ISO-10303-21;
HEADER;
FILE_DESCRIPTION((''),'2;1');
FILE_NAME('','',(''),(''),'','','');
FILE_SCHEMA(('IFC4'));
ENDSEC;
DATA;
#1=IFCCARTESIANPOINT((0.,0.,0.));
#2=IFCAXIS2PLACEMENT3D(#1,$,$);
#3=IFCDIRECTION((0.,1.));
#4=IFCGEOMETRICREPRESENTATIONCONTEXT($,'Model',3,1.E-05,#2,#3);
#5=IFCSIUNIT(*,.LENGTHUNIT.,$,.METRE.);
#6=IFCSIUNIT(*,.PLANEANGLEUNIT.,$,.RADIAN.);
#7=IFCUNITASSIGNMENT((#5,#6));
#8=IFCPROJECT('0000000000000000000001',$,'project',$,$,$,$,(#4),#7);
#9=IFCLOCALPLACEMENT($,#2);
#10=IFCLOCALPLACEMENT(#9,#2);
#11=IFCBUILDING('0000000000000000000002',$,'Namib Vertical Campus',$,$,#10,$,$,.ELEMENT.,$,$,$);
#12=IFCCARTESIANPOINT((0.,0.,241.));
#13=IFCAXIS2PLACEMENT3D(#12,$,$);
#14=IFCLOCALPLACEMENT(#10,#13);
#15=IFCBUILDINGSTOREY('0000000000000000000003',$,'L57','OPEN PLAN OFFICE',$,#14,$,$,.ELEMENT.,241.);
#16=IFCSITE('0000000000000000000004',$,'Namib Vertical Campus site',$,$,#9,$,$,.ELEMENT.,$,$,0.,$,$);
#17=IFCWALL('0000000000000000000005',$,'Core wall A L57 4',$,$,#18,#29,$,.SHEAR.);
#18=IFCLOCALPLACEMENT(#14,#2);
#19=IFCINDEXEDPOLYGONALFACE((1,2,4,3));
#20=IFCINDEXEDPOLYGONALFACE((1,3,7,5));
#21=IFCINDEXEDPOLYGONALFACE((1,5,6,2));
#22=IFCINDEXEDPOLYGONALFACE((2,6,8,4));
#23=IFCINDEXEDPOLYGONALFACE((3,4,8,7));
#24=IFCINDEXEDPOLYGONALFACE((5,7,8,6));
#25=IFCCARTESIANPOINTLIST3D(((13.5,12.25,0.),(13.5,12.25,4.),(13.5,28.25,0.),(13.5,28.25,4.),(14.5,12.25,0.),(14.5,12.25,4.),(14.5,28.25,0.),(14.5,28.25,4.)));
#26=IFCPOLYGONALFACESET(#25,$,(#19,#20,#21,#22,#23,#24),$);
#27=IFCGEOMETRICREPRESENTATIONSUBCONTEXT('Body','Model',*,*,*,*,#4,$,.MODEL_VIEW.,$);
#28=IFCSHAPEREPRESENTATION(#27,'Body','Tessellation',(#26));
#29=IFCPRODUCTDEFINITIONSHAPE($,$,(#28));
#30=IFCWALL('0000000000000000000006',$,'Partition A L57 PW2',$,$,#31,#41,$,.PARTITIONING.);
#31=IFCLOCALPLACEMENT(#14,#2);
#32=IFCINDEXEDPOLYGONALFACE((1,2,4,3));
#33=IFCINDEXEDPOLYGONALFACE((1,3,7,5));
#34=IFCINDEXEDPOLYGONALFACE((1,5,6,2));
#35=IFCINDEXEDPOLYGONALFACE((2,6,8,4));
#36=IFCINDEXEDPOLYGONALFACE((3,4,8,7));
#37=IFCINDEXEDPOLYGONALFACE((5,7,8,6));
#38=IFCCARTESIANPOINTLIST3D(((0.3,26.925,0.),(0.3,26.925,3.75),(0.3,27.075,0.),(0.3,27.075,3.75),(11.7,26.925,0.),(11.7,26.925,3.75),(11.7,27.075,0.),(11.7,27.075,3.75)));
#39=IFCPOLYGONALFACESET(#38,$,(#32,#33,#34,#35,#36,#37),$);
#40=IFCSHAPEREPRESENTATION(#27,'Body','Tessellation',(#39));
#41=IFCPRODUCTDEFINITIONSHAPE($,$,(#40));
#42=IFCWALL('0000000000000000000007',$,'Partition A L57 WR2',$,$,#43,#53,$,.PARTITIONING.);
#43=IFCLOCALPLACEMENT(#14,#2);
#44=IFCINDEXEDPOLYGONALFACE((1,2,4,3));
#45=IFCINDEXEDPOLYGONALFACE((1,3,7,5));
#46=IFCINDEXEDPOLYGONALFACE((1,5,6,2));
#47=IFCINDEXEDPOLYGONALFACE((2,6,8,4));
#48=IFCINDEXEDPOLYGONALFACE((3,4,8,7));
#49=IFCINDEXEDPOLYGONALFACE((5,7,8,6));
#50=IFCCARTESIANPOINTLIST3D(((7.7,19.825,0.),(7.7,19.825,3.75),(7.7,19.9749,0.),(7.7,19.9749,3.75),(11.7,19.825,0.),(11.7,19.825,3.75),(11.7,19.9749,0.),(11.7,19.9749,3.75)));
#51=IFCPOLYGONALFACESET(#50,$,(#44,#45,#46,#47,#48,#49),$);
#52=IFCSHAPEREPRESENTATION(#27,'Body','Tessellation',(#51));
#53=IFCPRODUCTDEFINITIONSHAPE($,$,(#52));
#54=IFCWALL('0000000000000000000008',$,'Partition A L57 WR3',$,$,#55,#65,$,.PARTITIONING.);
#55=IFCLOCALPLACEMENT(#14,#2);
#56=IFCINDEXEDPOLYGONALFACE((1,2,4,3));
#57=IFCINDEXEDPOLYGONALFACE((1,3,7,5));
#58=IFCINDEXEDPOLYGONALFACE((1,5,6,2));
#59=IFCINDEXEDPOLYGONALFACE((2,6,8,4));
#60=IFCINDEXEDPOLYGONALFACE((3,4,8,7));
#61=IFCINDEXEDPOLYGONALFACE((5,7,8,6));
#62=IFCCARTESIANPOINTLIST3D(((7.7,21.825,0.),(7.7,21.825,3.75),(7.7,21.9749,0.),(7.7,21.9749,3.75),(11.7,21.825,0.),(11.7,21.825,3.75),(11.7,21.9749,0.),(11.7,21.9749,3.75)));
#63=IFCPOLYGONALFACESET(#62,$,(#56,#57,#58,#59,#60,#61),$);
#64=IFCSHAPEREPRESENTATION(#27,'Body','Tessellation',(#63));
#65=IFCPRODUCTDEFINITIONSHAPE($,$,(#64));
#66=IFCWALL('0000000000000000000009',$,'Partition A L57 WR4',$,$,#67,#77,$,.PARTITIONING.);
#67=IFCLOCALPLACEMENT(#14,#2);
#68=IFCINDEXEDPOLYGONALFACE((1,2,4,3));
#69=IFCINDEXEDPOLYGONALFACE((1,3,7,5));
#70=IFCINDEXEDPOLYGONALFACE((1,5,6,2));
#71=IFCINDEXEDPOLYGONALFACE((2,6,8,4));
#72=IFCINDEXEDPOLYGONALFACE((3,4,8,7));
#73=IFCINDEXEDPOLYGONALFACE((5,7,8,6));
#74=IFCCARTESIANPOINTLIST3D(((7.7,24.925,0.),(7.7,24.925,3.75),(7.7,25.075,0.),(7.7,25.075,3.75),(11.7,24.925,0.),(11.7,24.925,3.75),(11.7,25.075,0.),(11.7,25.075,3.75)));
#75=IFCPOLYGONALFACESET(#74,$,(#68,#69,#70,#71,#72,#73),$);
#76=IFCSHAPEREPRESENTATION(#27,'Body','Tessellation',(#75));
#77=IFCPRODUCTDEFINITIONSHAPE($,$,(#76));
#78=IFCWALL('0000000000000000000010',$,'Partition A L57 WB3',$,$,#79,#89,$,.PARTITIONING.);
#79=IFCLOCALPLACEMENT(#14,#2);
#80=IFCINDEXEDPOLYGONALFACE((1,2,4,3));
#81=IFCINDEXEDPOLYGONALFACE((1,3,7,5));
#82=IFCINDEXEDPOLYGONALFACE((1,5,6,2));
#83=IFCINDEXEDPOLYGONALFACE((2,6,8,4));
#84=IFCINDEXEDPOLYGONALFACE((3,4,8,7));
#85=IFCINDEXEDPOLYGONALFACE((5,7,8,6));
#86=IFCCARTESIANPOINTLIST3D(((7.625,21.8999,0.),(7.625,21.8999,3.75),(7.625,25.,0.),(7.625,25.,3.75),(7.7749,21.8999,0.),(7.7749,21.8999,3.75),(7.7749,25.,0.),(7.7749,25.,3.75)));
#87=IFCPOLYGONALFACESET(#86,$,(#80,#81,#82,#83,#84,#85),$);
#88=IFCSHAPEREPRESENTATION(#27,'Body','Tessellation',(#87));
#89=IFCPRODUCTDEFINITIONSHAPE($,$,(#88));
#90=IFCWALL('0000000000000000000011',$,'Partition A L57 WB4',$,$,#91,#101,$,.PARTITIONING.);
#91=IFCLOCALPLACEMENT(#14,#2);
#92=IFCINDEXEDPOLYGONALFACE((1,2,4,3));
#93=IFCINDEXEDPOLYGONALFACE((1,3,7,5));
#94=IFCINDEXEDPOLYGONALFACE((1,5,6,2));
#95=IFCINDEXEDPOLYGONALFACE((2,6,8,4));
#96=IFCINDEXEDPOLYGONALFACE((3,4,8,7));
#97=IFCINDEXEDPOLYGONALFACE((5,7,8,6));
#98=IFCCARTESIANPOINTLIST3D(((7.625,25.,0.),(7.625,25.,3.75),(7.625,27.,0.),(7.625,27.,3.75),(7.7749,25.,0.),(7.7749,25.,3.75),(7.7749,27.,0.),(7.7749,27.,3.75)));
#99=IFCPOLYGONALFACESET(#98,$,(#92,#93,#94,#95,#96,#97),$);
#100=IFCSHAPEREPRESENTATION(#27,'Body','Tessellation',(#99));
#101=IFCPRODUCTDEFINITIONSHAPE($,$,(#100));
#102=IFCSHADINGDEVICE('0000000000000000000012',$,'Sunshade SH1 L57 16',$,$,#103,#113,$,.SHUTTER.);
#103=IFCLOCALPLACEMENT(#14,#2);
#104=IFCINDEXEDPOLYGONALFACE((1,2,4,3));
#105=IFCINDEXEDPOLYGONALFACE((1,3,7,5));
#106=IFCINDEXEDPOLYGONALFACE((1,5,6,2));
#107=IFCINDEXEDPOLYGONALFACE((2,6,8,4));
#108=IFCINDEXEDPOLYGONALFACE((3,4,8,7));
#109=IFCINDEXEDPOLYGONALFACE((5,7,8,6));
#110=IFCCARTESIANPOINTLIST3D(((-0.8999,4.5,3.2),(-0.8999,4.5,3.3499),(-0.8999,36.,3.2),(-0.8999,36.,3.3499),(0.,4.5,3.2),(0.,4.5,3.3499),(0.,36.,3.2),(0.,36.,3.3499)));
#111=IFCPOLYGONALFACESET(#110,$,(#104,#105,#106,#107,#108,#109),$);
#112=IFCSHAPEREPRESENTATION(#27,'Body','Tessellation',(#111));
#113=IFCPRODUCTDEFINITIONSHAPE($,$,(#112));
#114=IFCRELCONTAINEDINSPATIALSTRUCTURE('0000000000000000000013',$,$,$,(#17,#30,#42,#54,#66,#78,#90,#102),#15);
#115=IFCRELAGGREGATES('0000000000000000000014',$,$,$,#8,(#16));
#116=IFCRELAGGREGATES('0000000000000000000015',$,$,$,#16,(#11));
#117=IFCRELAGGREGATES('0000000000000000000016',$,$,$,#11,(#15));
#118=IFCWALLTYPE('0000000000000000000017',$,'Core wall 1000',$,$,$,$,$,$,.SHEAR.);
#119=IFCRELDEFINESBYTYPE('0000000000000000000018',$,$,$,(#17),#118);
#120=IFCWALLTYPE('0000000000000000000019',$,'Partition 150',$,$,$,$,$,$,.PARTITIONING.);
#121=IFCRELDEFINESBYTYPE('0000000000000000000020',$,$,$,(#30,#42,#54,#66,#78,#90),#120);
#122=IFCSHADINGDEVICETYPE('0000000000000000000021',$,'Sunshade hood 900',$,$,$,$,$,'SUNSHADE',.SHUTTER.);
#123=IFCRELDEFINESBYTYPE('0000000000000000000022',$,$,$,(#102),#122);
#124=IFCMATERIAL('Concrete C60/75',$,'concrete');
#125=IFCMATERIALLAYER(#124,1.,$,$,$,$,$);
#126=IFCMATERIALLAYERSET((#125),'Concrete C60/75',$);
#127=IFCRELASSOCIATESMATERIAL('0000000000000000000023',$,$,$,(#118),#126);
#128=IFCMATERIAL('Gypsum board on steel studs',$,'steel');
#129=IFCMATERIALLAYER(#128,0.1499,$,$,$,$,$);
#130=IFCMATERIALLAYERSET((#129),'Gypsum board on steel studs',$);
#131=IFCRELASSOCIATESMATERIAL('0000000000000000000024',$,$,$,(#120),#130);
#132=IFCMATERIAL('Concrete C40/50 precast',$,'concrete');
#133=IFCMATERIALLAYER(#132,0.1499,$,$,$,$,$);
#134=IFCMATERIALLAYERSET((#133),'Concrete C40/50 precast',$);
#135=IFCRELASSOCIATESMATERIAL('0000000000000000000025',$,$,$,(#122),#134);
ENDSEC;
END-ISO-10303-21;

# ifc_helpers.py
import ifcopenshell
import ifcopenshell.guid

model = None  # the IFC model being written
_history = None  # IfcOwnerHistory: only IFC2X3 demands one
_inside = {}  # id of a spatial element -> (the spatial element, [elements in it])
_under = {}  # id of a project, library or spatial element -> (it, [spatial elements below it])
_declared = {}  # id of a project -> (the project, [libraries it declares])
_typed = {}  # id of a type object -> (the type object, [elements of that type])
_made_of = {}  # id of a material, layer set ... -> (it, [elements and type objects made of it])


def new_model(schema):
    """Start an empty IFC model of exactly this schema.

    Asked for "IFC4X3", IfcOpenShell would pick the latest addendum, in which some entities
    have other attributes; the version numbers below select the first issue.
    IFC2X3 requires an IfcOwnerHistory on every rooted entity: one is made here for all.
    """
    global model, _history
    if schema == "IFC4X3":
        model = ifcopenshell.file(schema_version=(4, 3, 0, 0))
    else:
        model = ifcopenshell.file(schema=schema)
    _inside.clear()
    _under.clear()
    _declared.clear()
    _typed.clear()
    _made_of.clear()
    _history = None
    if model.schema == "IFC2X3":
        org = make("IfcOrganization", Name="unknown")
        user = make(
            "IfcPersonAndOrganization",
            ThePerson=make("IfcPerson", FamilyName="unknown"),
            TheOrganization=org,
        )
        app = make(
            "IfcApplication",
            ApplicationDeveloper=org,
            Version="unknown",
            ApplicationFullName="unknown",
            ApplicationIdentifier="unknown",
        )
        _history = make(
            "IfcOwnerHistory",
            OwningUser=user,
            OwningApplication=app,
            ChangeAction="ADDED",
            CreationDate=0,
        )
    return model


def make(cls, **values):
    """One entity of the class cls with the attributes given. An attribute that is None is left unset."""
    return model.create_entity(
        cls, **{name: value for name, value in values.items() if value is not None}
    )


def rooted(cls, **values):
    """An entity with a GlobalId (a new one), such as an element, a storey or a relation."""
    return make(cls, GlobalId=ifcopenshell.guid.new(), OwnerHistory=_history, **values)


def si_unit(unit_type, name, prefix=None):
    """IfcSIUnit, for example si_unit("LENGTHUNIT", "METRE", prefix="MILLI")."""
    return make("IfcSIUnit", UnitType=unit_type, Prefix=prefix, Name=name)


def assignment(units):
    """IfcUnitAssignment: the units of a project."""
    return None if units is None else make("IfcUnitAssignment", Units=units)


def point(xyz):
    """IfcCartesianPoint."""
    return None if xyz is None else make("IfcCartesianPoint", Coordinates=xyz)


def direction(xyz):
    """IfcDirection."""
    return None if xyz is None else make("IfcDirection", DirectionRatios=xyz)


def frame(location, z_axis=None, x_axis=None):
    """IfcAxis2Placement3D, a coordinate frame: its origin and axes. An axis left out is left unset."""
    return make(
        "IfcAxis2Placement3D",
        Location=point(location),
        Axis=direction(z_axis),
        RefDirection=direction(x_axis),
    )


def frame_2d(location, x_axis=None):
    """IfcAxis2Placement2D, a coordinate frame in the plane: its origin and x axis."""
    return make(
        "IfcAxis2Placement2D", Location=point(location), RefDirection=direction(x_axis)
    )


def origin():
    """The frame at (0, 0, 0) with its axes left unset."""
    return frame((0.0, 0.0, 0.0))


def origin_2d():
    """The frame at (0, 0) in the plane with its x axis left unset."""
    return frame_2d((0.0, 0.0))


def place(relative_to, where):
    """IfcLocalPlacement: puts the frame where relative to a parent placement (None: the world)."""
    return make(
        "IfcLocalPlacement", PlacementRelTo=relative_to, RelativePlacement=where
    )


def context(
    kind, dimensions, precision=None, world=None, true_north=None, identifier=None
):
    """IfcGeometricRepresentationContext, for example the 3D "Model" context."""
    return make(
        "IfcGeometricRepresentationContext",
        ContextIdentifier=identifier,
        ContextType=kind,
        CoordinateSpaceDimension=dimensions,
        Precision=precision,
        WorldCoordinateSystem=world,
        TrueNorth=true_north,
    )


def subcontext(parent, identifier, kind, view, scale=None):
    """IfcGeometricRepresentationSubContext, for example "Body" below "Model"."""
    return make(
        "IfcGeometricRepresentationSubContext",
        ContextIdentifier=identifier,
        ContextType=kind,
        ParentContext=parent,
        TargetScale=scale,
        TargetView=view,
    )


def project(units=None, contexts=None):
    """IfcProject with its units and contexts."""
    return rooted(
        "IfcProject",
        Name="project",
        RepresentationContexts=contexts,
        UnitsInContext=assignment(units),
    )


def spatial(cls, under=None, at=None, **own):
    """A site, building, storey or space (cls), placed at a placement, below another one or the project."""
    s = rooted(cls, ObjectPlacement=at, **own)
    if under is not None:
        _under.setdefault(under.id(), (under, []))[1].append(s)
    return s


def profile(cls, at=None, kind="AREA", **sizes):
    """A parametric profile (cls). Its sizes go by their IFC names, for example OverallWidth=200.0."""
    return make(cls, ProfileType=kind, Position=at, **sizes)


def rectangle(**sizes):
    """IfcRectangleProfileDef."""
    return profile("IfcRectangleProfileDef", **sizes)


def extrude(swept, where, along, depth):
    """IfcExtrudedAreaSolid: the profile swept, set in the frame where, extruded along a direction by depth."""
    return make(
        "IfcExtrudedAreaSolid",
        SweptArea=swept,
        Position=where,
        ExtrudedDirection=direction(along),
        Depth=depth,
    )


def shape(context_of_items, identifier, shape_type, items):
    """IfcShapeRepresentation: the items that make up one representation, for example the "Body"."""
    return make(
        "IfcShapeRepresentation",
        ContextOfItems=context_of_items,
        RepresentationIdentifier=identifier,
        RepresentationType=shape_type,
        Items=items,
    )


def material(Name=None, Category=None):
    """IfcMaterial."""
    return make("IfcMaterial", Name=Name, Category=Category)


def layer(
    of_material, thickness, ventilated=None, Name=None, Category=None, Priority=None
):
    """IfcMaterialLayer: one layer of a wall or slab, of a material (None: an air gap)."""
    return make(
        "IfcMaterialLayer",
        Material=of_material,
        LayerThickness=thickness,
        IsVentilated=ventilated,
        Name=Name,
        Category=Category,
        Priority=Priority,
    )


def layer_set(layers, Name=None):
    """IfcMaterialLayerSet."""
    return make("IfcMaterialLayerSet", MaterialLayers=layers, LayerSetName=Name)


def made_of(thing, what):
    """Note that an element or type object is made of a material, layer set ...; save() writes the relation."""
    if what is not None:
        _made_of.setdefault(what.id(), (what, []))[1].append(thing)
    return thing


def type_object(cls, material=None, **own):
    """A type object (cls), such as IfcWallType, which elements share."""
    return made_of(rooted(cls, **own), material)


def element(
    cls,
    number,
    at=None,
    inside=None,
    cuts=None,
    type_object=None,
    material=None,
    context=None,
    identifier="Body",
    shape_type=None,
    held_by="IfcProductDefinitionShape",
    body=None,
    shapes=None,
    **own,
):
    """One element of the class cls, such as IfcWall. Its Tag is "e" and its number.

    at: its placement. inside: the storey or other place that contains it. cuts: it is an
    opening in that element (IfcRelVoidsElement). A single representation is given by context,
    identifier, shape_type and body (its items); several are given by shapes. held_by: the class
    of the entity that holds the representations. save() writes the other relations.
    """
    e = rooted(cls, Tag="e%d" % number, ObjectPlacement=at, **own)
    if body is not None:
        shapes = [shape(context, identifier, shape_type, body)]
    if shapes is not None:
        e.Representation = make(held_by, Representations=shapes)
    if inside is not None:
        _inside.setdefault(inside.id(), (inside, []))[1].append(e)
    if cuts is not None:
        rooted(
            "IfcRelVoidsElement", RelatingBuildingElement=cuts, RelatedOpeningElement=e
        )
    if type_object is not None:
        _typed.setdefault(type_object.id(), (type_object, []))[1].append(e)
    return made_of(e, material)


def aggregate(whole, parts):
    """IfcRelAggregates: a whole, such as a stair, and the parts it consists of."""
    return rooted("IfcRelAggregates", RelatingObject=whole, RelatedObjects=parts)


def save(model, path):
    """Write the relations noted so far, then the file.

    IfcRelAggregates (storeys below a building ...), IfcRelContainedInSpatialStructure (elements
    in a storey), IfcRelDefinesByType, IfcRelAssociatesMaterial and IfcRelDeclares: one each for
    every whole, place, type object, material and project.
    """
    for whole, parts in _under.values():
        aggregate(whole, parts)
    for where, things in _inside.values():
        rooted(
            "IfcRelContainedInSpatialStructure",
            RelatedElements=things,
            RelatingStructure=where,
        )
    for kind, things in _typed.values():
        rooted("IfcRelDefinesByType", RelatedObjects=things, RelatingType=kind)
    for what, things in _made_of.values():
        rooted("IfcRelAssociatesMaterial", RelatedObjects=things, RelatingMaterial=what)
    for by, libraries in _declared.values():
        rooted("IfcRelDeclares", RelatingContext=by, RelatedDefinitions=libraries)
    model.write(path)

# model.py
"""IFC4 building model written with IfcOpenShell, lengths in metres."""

from ifc_helpers import new_model, si_unit, direction, frame, frame_2d, origin, origin_2d, place, context, subcontext, project, spatial, rectangle, extrude, material, layer, layer_set, type_object, element, save


model = new_model("IFC4")

# Units and contexts
model_context = context("Model", 3, precision=1e-05, world=origin(), true_north=direction((0.0, 1.0)))
body_context = subcontext(model_context, "Body", "Model", "MODEL_VIEW")
ifc_project = project(units=[si_unit("LENGTHUNIT", "METRE"), si_unit("PLANEANGLEUNIT", "RADIAN")], contexts=[model_context])

# Site, building, storey
site_placement = place(None, origin())
site = spatial("IfcSite", under=ifc_project, at=site_placement, Name="Namib Vertical Campus site", CompositionType="ELEMENT", RefElevation=0.0)
building_placement = place(site_placement, origin())
building = spatial("IfcBuilding", under=site, at=building_placement, Name="Namib Vertical Campus", CompositionType="ELEMENT")
storey_placement = place(building_placement, frame((0.0, 0.0, 241.0)))
storey = spatial("IfcBuildingStorey", under=building, at=storey_placement, Name="L57", Description="OPEN PLAN OFFICE", CompositionType="ELEMENT", Elevation=241.0)

# Walls
ifc_material_1 = material(Name="Concrete C60/75", Category="concrete")
ifc_layer_1 = layer(ifc_material_1, 1.0)
ifc_layer_set_1 = layer_set([ifc_layer_1], Name="Concrete C60/75")
wall_type_1 = type_object("IfcWallType", Name="Core wall 1000", PredefinedType="SHEAR", material=ifc_layer_set_1)
wall_1_placement = place(storey_placement, frame((14.0, 28.25, 0.0), z_axis=(0.0, 0.0, 1.0), x_axis=(0.0, -1.0, 0.0)))
element("IfcWall", 1, at=wall_1_placement, inside=storey, type_object=wall_type_1, Name="Core wall A L57 4", PredefinedType="SHEAR", context=body_context, shape_type="SweptSolid", body=[
    extrude(rectangle(XDim=16.0, YDim=1.0, at=frame_2d((8.0, 0.0))), origin(), (0.0, 0.0, 1.0), 4.0),
])
ifc_material_2 = material(Name="Gypsum board on steel studs", Category="steel")
ifc_layer_2 = layer(ifc_material_2, 0.1499)
ifc_layer_set_2 = layer_set([ifc_layer_2], Name="Gypsum board on steel studs")
wall_type_2 = type_object("IfcWallType", Name="Partition 150", PredefinedType="PARTITIONING", material=ifc_layer_set_2)
wall_2_placement = place(storey_placement, frame((0.3, 27.0, 0.0), z_axis=(0.0, 0.0, 1.0), x_axis=(1.0, 0.0, 0.0)))
element("IfcWall", 2, at=wall_2_placement, inside=storey, type_object=wall_type_2, Name="Partition A L57 PW2", PredefinedType="PARTITIONING", context=body_context, shape_type="SweptSolid", body=[
    extrude(rectangle(XDim=11.3999, YDim=0.1499, at=frame_2d((5.7, 0.0))), origin(), (0.0, 0.0, 1.0), 3.75),
])
for number, where, z_axis, x_axis, name in (
    (3, (11.7, 19.8999, 0.0), (0.0, 0.0, 1.0), (-1.0, 0.0, 0.0), "Partition A L57 WR2"),
    (4, (11.7, 21.8999, 0.0), (0.0, 0.0, 1.0), (-1.0, 0.0, 0.0), "Partition A L57 WR3"),
    (5, (11.7, 25.0, 0.0), (0.0, 0.0, 1.0), (-1.0, 0.0, 0.0), "Partition A L57 WR4"),
):
    element("IfcWall", number, at=place(storey_placement, frame(where, z_axis=z_axis, x_axis=x_axis)), inside=storey, type_object=wall_type_2, Name=name, PredefinedType="PARTITIONING", context=body_context, shape_type="SweptSolid", body=[
        extrude(rectangle(XDim=4.0, YDim=0.1499, at=frame_2d((2.0, 0.0))), origin(), (0.0, 0.0, 1.0), 3.75),
    ])
wall_3_placement = place(storey_placement, frame((7.7, 21.8999, 0.0), z_axis=(0.0, 0.0, 1.0), x_axis=(0.0, 1.0, 0.0)))
element("IfcWall", 6, at=wall_3_placement, inside=storey, type_object=wall_type_2, Name="Partition A L57 WB3", PredefinedType="PARTITIONING", context=body_context, shape_type="SweptSolid", body=[
    extrude(rectangle(XDim=3.1001, YDim=0.1499, at=frame_2d((1.55, 0.0))), origin(), (0.0, 0.0, 1.0), 3.75),
])
wall_4_placement = place(storey_placement, frame((7.7, 25.0, 0.0), z_axis=(0.0, 0.0, 1.0), x_axis=(0.0, 1.0, 0.0)))
element("IfcWall", 7, at=wall_4_placement, inside=storey, type_object=wall_type_2, Name="Partition A L57 WB4", PredefinedType="PARTITIONING", context=body_context, shape_type="SweptSolid", body=[
    extrude(rectangle(XDim=2.0, YDim=0.1499, at=frame_2d((1.0, 0.0))), origin(), (0.0, 0.0, 1.0), 3.75),
])

# Shading device
ifc_material_3 = material(Name="Concrete C40/50 precast", Category="concrete")
ifc_layer_3 = layer(ifc_material_3, 0.1499)
ifc_layer_set_3 = layer_set([ifc_layer_3], Name="Concrete C40/50 precast")
shading_device_type = type_object("IfcShadingDeviceType", Name="Sunshade hood 900", ElementType="SUNSHADE", PredefinedType="SHUTTER", material=ifc_layer_set_3)
shading_device_placement = place(storey_placement, frame((-0.45, 20.25, 3.2), z_axis=(0.0, 0.0, 1.0), x_axis=(0.0, -1.0, 0.0)))
element("IfcShadingDevice", 8, at=shading_device_placement, inside=storey, type_object=shading_device_type, Name="Sunshade SH1 L57 16", PredefinedType="SHUTTER", context=body_context, shape_type="SweptSolid", body=[
    extrude(rectangle(XDim=31.5, YDim=0.8999, at=origin_2d()), origin(), (0.0, 0.0, 1.0), 0.1499),
])

save(model, "model.ifc")
